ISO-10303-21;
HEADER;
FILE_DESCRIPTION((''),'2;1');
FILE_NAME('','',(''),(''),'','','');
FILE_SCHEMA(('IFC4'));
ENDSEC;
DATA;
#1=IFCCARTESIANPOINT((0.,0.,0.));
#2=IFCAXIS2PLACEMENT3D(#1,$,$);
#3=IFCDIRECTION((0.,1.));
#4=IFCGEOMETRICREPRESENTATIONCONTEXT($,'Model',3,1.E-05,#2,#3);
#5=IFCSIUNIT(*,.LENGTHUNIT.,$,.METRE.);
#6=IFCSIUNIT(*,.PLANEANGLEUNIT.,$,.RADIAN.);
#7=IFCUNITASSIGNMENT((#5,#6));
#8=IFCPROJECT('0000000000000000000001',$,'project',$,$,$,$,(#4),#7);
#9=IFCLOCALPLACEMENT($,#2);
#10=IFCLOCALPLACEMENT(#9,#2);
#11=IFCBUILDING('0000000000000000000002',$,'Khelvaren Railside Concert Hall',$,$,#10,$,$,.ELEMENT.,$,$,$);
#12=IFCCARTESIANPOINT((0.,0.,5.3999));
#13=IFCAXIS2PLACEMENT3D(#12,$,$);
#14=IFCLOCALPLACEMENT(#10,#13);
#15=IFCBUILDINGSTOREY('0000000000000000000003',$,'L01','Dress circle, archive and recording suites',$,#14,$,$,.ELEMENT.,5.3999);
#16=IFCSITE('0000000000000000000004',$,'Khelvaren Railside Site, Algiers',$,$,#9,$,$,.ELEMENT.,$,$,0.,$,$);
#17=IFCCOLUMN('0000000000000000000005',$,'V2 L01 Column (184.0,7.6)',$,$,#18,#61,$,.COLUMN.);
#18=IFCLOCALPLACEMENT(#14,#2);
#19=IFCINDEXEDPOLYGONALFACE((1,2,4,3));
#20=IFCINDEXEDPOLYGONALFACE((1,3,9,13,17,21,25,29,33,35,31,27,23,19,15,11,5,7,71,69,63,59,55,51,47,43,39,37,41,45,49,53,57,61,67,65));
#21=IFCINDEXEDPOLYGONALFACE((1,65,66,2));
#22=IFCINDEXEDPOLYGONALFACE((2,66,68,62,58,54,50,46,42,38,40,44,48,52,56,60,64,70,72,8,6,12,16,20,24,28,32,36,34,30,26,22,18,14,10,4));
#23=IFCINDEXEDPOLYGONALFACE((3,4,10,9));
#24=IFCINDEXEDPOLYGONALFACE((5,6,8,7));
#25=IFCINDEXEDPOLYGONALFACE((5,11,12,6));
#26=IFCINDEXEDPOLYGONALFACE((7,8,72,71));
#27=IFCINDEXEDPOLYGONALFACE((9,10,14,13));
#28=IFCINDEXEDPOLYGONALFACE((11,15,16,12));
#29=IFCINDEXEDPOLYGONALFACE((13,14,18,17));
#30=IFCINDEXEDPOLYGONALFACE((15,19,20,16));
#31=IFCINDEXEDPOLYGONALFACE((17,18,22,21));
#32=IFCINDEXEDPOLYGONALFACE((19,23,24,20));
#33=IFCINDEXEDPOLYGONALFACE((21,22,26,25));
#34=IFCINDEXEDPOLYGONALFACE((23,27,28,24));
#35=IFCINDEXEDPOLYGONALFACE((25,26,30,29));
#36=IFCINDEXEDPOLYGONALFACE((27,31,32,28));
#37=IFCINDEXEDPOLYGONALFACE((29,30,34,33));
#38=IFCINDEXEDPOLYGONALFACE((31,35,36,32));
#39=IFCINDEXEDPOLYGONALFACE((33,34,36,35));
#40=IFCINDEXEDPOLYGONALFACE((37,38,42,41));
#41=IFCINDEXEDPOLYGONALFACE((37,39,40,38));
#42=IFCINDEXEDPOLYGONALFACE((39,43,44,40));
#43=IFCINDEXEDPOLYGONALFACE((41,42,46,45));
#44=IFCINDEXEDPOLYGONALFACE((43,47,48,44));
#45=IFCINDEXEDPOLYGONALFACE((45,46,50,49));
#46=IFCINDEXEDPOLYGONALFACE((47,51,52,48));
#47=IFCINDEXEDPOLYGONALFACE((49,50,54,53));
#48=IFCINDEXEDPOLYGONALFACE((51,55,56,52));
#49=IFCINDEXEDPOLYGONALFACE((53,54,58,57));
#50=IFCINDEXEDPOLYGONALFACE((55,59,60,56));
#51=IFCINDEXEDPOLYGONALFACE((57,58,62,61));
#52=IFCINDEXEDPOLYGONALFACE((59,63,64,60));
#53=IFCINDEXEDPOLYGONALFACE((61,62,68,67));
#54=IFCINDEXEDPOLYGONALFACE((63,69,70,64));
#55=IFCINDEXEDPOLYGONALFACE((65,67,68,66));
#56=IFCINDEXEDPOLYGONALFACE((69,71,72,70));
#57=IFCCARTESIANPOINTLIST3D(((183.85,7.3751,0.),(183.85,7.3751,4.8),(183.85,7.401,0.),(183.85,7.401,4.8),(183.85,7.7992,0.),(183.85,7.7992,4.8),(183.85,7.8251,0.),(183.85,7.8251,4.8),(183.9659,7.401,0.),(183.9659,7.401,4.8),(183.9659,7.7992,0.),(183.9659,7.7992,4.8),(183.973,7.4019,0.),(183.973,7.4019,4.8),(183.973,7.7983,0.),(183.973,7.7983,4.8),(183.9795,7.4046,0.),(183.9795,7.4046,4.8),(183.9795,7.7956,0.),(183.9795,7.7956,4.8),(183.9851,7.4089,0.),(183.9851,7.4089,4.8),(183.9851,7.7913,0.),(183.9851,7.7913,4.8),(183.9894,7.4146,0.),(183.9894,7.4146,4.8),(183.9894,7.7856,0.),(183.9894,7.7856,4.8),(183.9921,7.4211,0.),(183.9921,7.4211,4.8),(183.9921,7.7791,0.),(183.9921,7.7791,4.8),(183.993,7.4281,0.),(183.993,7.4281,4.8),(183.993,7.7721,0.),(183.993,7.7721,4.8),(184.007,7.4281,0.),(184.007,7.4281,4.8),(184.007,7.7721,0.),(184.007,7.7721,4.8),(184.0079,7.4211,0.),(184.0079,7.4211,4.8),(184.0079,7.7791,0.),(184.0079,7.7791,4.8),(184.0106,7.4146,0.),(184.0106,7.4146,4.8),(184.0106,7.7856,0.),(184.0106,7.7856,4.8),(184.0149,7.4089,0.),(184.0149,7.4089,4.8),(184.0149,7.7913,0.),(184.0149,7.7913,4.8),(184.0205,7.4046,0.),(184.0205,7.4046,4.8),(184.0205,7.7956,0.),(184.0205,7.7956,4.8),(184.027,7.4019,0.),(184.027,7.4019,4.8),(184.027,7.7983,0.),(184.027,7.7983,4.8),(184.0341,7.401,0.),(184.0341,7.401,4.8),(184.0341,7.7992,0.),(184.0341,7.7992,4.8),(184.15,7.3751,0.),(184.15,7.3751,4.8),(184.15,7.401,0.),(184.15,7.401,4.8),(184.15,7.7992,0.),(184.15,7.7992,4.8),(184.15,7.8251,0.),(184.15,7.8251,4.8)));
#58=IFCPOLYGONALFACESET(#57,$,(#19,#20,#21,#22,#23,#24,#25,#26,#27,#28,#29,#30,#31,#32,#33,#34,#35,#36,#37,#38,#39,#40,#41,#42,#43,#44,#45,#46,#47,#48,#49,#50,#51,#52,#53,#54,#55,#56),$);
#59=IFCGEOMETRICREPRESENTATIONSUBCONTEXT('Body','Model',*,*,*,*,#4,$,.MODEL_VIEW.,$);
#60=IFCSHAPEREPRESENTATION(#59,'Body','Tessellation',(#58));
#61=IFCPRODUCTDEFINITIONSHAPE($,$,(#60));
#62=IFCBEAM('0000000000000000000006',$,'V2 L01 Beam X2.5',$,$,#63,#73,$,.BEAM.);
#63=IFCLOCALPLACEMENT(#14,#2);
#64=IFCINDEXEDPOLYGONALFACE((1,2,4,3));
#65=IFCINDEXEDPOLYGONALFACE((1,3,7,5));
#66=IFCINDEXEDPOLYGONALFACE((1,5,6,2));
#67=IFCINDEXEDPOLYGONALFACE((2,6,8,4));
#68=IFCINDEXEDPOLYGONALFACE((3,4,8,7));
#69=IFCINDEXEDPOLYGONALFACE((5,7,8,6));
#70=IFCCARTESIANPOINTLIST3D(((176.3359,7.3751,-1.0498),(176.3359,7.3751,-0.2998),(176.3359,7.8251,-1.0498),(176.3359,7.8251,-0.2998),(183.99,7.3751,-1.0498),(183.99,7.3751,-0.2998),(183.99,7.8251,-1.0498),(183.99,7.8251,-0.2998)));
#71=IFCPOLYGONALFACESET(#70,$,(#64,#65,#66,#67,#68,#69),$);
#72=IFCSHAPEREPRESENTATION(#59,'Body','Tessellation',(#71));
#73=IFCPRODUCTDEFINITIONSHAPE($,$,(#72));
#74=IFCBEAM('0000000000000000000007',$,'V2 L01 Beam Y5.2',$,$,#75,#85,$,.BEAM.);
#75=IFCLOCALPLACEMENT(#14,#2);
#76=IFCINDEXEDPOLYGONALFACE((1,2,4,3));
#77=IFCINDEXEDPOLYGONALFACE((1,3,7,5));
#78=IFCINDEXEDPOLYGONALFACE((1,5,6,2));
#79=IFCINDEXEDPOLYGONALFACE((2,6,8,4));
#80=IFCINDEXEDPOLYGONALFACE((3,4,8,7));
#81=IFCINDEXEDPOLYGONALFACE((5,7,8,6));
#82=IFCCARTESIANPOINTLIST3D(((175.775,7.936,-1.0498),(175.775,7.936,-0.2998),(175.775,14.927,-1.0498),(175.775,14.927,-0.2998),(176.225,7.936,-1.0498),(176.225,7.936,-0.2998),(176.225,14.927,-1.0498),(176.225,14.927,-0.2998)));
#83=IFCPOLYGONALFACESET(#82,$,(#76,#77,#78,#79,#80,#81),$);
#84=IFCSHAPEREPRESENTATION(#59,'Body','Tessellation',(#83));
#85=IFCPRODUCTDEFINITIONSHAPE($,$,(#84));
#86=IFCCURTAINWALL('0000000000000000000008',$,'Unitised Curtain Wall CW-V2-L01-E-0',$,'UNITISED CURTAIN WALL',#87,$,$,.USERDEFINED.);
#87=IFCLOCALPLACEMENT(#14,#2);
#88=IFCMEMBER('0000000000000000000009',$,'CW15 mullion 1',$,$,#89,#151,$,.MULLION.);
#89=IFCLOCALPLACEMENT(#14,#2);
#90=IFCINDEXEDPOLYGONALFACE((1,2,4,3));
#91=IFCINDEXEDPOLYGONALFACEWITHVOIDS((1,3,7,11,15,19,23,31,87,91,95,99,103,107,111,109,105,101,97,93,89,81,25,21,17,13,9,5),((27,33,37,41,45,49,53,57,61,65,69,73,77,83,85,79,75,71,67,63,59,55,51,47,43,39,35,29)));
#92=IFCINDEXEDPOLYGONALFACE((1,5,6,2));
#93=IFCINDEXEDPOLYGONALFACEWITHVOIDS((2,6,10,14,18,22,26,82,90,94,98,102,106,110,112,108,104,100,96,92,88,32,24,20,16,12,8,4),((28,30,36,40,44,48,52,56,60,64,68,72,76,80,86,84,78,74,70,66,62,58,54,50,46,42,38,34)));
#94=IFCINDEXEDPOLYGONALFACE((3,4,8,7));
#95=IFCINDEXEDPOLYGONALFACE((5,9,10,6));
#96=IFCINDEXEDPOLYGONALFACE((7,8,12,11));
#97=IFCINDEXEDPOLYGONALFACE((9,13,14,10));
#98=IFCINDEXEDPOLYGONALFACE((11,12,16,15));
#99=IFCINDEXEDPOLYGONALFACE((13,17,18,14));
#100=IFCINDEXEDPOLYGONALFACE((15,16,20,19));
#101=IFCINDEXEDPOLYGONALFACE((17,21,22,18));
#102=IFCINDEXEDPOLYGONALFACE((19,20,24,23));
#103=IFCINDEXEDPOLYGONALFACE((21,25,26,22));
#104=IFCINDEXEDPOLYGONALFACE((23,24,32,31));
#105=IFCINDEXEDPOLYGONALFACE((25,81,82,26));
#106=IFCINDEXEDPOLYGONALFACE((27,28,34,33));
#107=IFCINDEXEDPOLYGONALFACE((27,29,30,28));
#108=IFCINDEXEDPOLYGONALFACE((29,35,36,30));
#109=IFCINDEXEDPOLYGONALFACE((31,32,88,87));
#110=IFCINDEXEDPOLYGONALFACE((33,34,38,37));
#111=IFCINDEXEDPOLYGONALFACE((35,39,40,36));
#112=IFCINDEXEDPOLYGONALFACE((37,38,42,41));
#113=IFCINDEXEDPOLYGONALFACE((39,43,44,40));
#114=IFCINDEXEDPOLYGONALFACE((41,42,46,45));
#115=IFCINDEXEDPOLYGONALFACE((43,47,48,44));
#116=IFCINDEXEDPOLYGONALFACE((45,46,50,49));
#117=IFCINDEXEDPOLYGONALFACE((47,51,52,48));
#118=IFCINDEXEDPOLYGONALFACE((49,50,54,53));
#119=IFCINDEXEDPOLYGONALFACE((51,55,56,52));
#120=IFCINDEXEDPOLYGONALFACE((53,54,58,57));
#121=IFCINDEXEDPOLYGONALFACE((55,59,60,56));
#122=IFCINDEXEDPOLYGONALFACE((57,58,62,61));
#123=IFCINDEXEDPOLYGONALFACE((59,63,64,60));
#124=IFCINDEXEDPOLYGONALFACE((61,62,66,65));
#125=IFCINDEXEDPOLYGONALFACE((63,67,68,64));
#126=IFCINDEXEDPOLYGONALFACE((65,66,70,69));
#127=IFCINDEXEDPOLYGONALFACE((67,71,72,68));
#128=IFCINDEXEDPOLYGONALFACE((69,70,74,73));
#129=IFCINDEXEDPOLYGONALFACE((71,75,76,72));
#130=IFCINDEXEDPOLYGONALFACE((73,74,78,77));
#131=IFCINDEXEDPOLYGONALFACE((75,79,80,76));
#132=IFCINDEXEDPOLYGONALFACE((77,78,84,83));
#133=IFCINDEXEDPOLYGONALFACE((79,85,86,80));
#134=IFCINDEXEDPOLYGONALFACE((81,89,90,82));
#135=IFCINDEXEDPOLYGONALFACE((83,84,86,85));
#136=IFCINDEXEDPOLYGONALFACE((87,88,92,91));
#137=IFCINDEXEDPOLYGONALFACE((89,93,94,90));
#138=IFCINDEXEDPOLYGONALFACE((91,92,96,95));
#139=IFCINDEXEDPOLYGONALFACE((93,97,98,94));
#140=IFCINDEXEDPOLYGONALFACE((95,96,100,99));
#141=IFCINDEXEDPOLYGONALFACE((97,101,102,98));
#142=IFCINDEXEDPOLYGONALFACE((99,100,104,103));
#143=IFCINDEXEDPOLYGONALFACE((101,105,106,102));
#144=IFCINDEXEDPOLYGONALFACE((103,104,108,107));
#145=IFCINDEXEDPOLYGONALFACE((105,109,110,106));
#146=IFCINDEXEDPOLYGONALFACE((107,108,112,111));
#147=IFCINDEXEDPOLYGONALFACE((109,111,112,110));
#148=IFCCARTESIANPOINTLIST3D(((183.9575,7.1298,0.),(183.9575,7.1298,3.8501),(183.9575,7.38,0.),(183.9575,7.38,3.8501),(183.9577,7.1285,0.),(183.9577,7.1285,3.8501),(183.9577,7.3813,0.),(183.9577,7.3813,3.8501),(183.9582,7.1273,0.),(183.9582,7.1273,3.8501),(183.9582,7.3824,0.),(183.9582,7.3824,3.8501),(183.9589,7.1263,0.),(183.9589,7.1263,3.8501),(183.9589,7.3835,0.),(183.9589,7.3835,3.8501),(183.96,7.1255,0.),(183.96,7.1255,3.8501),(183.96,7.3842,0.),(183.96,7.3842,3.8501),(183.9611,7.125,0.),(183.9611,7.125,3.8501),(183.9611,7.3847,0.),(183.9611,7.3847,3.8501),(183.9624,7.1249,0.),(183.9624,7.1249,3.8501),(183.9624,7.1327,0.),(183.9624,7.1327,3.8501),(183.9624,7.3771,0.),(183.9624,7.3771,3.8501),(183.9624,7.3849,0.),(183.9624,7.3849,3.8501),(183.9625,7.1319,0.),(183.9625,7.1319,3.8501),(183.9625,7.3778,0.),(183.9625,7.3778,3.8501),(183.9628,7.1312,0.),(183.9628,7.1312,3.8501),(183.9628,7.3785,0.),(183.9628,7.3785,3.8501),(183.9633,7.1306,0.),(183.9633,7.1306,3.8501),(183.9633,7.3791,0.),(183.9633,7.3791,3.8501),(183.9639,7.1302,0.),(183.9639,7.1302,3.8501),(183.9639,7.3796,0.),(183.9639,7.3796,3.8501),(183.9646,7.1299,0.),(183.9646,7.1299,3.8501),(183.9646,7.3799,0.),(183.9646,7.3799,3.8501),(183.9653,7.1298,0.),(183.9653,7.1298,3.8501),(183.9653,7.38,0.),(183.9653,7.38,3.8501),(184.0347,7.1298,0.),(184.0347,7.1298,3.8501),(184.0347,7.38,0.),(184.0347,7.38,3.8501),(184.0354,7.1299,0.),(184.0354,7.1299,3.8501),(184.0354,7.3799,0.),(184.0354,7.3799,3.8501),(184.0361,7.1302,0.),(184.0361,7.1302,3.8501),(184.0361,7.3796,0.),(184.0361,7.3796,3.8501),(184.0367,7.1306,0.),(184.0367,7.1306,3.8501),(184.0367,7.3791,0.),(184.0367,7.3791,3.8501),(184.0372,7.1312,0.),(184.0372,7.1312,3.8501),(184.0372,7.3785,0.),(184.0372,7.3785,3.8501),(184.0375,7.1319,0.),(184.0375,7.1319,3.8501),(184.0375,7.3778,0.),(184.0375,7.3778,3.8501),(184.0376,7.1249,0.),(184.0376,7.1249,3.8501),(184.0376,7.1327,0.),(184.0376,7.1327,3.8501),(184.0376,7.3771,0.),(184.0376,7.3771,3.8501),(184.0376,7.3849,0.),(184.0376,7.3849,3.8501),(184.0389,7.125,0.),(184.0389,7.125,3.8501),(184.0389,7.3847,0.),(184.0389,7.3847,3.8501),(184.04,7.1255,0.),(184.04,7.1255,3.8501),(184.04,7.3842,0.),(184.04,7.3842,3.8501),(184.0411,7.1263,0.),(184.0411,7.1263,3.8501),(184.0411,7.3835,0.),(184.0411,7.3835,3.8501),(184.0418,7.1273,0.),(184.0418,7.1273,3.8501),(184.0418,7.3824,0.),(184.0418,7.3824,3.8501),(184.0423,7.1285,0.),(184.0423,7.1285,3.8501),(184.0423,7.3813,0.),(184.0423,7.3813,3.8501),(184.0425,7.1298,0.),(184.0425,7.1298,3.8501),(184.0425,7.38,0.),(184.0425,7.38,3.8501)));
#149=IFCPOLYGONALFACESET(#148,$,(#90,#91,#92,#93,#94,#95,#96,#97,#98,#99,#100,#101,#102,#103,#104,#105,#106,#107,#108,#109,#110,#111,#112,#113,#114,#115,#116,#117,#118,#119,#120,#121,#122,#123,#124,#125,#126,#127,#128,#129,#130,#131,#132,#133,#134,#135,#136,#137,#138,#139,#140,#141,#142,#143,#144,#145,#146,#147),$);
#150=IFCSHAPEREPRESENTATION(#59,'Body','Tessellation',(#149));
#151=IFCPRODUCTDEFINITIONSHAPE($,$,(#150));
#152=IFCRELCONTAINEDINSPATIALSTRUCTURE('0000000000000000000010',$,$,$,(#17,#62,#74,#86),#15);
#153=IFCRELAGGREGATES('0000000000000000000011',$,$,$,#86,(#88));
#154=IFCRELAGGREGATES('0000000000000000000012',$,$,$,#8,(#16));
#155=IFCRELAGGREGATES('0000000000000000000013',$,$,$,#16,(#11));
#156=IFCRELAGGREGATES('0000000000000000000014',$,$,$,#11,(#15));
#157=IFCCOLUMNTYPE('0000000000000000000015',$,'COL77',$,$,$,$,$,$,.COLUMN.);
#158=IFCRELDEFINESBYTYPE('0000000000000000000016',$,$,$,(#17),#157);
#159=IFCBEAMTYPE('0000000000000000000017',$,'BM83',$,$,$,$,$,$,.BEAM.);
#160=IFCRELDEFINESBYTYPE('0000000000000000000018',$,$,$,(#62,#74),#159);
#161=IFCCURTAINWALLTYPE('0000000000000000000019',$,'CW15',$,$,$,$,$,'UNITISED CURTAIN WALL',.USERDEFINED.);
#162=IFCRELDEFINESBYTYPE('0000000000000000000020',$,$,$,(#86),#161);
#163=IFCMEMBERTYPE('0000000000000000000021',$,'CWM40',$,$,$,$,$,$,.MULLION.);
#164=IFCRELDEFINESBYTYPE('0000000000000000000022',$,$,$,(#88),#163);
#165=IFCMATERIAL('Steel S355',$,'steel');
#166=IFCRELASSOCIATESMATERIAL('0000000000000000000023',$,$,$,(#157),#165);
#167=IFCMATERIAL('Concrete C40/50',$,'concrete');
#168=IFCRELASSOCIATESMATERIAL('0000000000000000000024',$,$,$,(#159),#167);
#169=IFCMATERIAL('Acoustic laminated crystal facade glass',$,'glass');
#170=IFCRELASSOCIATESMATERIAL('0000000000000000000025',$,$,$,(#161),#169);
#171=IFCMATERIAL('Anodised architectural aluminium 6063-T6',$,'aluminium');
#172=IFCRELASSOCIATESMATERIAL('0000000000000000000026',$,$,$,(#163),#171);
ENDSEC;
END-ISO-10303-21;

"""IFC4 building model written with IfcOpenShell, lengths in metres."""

from ifc_helpers import new_model, si_unit, direction, frame, origin, origin_2d, place, context, subcontext, project, spatial, rectangle, hollow_rectangle, i_section, extrude, material, material_profile, profile_set, type_object, element, aggregate, save


model = new_model("IFC4")

# Units and contexts
model_context = context("Model", 3, precision=1e-05, world=origin(), true_north=direction((0.0, 1.0)))
body_context = subcontext(model_context, "Body", "Model", "MODEL_VIEW")
ifc_project = project(units=[si_unit("LENGTHUNIT", "METRE"), si_unit("PLANEANGLEUNIT", "RADIAN")], contexts=[model_context])

# Site, building, storey
site_placement = place(None, origin())
site = spatial("IfcSite", under=ifc_project, at=site_placement, Name="Khelvaren Railside Site, Algiers", CompositionType="ELEMENT", RefElevation=0.0)
building_placement = place(site_placement, origin())
building = spatial("IfcBuilding", under=site, at=building_placement, Name="Khelvaren Railside Concert Hall", CompositionType="ELEMENT")
storey_placement = place(building_placement, frame((0.0, 0.0, 5.3999)))
storey = spatial("IfcBuildingStorey", under=building, at=storey_placement, Name="L01", Description="Dress circle, archive and recording suites", CompositionType="ELEMENT", Elevation=5.3999)

# Column
ifc_material_1 = material(Name="Steel S355", Category="steel")
ifc_material_profile_1 = material_profile(ifc_material_1, i_section(OverallWidth=0.3, OverallDepth=0.45, WebThickness=0.0139, FlangeThickness=0.0259, FilletRadius=0.0271, at=origin_2d()), Name="HEB 450")
ifc_profile_set_1 = profile_set([ifc_material_profile_1], Name="Steel S355")
column_type = type_object("IfcColumnType", Name="COL77", PredefinedType="COLUMN", material=ifc_profile_set_1)
column_placement = place(storey_placement, frame((184.0, 7.6001, 0.0), z_axis=(0.0, 0.0, 1.0), x_axis=(1.0, 0.0, 0.0)))
element("IfcColumn", 1, at=column_placement, inside=storey, type_object=column_type, Name="V2 L01 Column (184.0,7.6)", PredefinedType="COLUMN", context=body_context, shape_type="SweptSolid", body=[
    extrude(i_section(OverallWidth=0.3, OverallDepth=0.45, WebThickness=0.0139, FlangeThickness=0.0259, FilletRadius=0.0271, at=origin_2d()), origin(), (0.0, 0.0, 1.0), 4.8),
])

# Beams
ifc_material_2 = material(Name="Concrete C40/50", Category="concrete")
ifc_material_profile_2 = material_profile(ifc_material_2, rectangle(XDim=0.45, YDim=0.75, at=origin_2d()), Name="RCB 450x750")
ifc_profile_set_2 = profile_set([ifc_material_profile_2], Name="Concrete C40/50")
beam_type_1 = type_object("IfcBeamType", Name="BM83", PredefinedType="BEAM", material=ifc_profile_set_2)
beam_1_placement = place(storey_placement, frame((176.3359, 7.6001, -0.6748), z_axis=(1.0, 0.0, 0.0), x_axis=(0.0, 1.0, 0.0)))
element("IfcBeam", 2, at=beam_1_placement, inside=storey, type_object=beam_type_1, Name="V2 L01 Beam X2.5", PredefinedType="BEAM", context=body_context, shape_type="SweptSolid", body=[
    extrude(rectangle(XDim=0.45, YDim=0.75, at=origin_2d()), origin(), (0.0, 0.0, 1.0), 7.6541),
])
beam_2_placement = place(storey_placement, frame((176.0, 7.936, -0.6748), z_axis=(0.0, 1.0, 0.0), x_axis=(-1.0, 0.0, 0.0)))
element("IfcBeam", 3, at=beam_2_placement, inside=storey, type_object=beam_type_1, Name="V2 L01 Beam Y5.2", PredefinedType="BEAM", context=body_context, shape_type="SweptSolid", body=[
    extrude(rectangle(XDim=0.45, YDim=0.75, at=origin_2d()), origin(), (0.0, 0.0, 1.0), 6.991),
])

# Curtain wall, member
ifc_material_3 = material(Name="Acoustic laminated crystal facade glass", Category="glass")
curtain_wall_type_1 = type_object("IfcCurtainWallType", Name="CW15", ElementType="UNITISED CURTAIN WALL", PredefinedType="USERDEFINED", material=ifc_material_3)
curtain_wall_1_placement = place(storey_placement, origin())
curtain_wall_1 = element("IfcCurtainWall", 4, at=curtain_wall_1_placement, inside=storey, type_object=curtain_wall_type_1, Name="Unitised Curtain Wall CW-V2-L01-E-0", ObjectType="UNITISED CURTAIN WALL", PredefinedType="USERDEFINED")
ifc_material_4 = material(Name="Anodised architectural aluminium 6063-T6", Category="aluminium")
ifc_material_profile_3 = material_profile(ifc_material_4, hollow_rectangle(XDim=0.085, YDim=0.26, WallThickness=0.0049, InnerFilletRadius=0.0029, OuterFilletRadius=0.0049, at=origin_2d()), Name="CWM 85x260x5")
ifc_profile_set_3 = profile_set([ifc_material_profile_3], Name="Anodised architectural aluminium 6063-T6")
member_type_1 = type_object("IfcMemberType", Name="CWM40", PredefinedType="MULLION", material=ifc_profile_set_3)
member_1_placement = place(storey_placement, frame((184.0, 7.2549, 0.0), z_axis=(0.0, 0.0, 1.0), x_axis=(1.0, 0.0, 0.0)))
member_1 = element("IfcMember", 5, at=member_1_placement, type_object=member_type_1, Name="CW15 mullion 1", PredefinedType="MULLION", context=body_context, shape_type="SweptSolid", body=[
    extrude(hollow_rectangle(XDim=0.085, YDim=0.26, WallThickness=0.0049, InnerFilletRadius=0.0029, OuterFilletRadius=0.0049, at=origin_2d()), origin(), (0.0, 0.0, 1.0), 3.8501),
])

aggregate(curtain_wall_1, [member_1])

save(model, "model.ifc")
